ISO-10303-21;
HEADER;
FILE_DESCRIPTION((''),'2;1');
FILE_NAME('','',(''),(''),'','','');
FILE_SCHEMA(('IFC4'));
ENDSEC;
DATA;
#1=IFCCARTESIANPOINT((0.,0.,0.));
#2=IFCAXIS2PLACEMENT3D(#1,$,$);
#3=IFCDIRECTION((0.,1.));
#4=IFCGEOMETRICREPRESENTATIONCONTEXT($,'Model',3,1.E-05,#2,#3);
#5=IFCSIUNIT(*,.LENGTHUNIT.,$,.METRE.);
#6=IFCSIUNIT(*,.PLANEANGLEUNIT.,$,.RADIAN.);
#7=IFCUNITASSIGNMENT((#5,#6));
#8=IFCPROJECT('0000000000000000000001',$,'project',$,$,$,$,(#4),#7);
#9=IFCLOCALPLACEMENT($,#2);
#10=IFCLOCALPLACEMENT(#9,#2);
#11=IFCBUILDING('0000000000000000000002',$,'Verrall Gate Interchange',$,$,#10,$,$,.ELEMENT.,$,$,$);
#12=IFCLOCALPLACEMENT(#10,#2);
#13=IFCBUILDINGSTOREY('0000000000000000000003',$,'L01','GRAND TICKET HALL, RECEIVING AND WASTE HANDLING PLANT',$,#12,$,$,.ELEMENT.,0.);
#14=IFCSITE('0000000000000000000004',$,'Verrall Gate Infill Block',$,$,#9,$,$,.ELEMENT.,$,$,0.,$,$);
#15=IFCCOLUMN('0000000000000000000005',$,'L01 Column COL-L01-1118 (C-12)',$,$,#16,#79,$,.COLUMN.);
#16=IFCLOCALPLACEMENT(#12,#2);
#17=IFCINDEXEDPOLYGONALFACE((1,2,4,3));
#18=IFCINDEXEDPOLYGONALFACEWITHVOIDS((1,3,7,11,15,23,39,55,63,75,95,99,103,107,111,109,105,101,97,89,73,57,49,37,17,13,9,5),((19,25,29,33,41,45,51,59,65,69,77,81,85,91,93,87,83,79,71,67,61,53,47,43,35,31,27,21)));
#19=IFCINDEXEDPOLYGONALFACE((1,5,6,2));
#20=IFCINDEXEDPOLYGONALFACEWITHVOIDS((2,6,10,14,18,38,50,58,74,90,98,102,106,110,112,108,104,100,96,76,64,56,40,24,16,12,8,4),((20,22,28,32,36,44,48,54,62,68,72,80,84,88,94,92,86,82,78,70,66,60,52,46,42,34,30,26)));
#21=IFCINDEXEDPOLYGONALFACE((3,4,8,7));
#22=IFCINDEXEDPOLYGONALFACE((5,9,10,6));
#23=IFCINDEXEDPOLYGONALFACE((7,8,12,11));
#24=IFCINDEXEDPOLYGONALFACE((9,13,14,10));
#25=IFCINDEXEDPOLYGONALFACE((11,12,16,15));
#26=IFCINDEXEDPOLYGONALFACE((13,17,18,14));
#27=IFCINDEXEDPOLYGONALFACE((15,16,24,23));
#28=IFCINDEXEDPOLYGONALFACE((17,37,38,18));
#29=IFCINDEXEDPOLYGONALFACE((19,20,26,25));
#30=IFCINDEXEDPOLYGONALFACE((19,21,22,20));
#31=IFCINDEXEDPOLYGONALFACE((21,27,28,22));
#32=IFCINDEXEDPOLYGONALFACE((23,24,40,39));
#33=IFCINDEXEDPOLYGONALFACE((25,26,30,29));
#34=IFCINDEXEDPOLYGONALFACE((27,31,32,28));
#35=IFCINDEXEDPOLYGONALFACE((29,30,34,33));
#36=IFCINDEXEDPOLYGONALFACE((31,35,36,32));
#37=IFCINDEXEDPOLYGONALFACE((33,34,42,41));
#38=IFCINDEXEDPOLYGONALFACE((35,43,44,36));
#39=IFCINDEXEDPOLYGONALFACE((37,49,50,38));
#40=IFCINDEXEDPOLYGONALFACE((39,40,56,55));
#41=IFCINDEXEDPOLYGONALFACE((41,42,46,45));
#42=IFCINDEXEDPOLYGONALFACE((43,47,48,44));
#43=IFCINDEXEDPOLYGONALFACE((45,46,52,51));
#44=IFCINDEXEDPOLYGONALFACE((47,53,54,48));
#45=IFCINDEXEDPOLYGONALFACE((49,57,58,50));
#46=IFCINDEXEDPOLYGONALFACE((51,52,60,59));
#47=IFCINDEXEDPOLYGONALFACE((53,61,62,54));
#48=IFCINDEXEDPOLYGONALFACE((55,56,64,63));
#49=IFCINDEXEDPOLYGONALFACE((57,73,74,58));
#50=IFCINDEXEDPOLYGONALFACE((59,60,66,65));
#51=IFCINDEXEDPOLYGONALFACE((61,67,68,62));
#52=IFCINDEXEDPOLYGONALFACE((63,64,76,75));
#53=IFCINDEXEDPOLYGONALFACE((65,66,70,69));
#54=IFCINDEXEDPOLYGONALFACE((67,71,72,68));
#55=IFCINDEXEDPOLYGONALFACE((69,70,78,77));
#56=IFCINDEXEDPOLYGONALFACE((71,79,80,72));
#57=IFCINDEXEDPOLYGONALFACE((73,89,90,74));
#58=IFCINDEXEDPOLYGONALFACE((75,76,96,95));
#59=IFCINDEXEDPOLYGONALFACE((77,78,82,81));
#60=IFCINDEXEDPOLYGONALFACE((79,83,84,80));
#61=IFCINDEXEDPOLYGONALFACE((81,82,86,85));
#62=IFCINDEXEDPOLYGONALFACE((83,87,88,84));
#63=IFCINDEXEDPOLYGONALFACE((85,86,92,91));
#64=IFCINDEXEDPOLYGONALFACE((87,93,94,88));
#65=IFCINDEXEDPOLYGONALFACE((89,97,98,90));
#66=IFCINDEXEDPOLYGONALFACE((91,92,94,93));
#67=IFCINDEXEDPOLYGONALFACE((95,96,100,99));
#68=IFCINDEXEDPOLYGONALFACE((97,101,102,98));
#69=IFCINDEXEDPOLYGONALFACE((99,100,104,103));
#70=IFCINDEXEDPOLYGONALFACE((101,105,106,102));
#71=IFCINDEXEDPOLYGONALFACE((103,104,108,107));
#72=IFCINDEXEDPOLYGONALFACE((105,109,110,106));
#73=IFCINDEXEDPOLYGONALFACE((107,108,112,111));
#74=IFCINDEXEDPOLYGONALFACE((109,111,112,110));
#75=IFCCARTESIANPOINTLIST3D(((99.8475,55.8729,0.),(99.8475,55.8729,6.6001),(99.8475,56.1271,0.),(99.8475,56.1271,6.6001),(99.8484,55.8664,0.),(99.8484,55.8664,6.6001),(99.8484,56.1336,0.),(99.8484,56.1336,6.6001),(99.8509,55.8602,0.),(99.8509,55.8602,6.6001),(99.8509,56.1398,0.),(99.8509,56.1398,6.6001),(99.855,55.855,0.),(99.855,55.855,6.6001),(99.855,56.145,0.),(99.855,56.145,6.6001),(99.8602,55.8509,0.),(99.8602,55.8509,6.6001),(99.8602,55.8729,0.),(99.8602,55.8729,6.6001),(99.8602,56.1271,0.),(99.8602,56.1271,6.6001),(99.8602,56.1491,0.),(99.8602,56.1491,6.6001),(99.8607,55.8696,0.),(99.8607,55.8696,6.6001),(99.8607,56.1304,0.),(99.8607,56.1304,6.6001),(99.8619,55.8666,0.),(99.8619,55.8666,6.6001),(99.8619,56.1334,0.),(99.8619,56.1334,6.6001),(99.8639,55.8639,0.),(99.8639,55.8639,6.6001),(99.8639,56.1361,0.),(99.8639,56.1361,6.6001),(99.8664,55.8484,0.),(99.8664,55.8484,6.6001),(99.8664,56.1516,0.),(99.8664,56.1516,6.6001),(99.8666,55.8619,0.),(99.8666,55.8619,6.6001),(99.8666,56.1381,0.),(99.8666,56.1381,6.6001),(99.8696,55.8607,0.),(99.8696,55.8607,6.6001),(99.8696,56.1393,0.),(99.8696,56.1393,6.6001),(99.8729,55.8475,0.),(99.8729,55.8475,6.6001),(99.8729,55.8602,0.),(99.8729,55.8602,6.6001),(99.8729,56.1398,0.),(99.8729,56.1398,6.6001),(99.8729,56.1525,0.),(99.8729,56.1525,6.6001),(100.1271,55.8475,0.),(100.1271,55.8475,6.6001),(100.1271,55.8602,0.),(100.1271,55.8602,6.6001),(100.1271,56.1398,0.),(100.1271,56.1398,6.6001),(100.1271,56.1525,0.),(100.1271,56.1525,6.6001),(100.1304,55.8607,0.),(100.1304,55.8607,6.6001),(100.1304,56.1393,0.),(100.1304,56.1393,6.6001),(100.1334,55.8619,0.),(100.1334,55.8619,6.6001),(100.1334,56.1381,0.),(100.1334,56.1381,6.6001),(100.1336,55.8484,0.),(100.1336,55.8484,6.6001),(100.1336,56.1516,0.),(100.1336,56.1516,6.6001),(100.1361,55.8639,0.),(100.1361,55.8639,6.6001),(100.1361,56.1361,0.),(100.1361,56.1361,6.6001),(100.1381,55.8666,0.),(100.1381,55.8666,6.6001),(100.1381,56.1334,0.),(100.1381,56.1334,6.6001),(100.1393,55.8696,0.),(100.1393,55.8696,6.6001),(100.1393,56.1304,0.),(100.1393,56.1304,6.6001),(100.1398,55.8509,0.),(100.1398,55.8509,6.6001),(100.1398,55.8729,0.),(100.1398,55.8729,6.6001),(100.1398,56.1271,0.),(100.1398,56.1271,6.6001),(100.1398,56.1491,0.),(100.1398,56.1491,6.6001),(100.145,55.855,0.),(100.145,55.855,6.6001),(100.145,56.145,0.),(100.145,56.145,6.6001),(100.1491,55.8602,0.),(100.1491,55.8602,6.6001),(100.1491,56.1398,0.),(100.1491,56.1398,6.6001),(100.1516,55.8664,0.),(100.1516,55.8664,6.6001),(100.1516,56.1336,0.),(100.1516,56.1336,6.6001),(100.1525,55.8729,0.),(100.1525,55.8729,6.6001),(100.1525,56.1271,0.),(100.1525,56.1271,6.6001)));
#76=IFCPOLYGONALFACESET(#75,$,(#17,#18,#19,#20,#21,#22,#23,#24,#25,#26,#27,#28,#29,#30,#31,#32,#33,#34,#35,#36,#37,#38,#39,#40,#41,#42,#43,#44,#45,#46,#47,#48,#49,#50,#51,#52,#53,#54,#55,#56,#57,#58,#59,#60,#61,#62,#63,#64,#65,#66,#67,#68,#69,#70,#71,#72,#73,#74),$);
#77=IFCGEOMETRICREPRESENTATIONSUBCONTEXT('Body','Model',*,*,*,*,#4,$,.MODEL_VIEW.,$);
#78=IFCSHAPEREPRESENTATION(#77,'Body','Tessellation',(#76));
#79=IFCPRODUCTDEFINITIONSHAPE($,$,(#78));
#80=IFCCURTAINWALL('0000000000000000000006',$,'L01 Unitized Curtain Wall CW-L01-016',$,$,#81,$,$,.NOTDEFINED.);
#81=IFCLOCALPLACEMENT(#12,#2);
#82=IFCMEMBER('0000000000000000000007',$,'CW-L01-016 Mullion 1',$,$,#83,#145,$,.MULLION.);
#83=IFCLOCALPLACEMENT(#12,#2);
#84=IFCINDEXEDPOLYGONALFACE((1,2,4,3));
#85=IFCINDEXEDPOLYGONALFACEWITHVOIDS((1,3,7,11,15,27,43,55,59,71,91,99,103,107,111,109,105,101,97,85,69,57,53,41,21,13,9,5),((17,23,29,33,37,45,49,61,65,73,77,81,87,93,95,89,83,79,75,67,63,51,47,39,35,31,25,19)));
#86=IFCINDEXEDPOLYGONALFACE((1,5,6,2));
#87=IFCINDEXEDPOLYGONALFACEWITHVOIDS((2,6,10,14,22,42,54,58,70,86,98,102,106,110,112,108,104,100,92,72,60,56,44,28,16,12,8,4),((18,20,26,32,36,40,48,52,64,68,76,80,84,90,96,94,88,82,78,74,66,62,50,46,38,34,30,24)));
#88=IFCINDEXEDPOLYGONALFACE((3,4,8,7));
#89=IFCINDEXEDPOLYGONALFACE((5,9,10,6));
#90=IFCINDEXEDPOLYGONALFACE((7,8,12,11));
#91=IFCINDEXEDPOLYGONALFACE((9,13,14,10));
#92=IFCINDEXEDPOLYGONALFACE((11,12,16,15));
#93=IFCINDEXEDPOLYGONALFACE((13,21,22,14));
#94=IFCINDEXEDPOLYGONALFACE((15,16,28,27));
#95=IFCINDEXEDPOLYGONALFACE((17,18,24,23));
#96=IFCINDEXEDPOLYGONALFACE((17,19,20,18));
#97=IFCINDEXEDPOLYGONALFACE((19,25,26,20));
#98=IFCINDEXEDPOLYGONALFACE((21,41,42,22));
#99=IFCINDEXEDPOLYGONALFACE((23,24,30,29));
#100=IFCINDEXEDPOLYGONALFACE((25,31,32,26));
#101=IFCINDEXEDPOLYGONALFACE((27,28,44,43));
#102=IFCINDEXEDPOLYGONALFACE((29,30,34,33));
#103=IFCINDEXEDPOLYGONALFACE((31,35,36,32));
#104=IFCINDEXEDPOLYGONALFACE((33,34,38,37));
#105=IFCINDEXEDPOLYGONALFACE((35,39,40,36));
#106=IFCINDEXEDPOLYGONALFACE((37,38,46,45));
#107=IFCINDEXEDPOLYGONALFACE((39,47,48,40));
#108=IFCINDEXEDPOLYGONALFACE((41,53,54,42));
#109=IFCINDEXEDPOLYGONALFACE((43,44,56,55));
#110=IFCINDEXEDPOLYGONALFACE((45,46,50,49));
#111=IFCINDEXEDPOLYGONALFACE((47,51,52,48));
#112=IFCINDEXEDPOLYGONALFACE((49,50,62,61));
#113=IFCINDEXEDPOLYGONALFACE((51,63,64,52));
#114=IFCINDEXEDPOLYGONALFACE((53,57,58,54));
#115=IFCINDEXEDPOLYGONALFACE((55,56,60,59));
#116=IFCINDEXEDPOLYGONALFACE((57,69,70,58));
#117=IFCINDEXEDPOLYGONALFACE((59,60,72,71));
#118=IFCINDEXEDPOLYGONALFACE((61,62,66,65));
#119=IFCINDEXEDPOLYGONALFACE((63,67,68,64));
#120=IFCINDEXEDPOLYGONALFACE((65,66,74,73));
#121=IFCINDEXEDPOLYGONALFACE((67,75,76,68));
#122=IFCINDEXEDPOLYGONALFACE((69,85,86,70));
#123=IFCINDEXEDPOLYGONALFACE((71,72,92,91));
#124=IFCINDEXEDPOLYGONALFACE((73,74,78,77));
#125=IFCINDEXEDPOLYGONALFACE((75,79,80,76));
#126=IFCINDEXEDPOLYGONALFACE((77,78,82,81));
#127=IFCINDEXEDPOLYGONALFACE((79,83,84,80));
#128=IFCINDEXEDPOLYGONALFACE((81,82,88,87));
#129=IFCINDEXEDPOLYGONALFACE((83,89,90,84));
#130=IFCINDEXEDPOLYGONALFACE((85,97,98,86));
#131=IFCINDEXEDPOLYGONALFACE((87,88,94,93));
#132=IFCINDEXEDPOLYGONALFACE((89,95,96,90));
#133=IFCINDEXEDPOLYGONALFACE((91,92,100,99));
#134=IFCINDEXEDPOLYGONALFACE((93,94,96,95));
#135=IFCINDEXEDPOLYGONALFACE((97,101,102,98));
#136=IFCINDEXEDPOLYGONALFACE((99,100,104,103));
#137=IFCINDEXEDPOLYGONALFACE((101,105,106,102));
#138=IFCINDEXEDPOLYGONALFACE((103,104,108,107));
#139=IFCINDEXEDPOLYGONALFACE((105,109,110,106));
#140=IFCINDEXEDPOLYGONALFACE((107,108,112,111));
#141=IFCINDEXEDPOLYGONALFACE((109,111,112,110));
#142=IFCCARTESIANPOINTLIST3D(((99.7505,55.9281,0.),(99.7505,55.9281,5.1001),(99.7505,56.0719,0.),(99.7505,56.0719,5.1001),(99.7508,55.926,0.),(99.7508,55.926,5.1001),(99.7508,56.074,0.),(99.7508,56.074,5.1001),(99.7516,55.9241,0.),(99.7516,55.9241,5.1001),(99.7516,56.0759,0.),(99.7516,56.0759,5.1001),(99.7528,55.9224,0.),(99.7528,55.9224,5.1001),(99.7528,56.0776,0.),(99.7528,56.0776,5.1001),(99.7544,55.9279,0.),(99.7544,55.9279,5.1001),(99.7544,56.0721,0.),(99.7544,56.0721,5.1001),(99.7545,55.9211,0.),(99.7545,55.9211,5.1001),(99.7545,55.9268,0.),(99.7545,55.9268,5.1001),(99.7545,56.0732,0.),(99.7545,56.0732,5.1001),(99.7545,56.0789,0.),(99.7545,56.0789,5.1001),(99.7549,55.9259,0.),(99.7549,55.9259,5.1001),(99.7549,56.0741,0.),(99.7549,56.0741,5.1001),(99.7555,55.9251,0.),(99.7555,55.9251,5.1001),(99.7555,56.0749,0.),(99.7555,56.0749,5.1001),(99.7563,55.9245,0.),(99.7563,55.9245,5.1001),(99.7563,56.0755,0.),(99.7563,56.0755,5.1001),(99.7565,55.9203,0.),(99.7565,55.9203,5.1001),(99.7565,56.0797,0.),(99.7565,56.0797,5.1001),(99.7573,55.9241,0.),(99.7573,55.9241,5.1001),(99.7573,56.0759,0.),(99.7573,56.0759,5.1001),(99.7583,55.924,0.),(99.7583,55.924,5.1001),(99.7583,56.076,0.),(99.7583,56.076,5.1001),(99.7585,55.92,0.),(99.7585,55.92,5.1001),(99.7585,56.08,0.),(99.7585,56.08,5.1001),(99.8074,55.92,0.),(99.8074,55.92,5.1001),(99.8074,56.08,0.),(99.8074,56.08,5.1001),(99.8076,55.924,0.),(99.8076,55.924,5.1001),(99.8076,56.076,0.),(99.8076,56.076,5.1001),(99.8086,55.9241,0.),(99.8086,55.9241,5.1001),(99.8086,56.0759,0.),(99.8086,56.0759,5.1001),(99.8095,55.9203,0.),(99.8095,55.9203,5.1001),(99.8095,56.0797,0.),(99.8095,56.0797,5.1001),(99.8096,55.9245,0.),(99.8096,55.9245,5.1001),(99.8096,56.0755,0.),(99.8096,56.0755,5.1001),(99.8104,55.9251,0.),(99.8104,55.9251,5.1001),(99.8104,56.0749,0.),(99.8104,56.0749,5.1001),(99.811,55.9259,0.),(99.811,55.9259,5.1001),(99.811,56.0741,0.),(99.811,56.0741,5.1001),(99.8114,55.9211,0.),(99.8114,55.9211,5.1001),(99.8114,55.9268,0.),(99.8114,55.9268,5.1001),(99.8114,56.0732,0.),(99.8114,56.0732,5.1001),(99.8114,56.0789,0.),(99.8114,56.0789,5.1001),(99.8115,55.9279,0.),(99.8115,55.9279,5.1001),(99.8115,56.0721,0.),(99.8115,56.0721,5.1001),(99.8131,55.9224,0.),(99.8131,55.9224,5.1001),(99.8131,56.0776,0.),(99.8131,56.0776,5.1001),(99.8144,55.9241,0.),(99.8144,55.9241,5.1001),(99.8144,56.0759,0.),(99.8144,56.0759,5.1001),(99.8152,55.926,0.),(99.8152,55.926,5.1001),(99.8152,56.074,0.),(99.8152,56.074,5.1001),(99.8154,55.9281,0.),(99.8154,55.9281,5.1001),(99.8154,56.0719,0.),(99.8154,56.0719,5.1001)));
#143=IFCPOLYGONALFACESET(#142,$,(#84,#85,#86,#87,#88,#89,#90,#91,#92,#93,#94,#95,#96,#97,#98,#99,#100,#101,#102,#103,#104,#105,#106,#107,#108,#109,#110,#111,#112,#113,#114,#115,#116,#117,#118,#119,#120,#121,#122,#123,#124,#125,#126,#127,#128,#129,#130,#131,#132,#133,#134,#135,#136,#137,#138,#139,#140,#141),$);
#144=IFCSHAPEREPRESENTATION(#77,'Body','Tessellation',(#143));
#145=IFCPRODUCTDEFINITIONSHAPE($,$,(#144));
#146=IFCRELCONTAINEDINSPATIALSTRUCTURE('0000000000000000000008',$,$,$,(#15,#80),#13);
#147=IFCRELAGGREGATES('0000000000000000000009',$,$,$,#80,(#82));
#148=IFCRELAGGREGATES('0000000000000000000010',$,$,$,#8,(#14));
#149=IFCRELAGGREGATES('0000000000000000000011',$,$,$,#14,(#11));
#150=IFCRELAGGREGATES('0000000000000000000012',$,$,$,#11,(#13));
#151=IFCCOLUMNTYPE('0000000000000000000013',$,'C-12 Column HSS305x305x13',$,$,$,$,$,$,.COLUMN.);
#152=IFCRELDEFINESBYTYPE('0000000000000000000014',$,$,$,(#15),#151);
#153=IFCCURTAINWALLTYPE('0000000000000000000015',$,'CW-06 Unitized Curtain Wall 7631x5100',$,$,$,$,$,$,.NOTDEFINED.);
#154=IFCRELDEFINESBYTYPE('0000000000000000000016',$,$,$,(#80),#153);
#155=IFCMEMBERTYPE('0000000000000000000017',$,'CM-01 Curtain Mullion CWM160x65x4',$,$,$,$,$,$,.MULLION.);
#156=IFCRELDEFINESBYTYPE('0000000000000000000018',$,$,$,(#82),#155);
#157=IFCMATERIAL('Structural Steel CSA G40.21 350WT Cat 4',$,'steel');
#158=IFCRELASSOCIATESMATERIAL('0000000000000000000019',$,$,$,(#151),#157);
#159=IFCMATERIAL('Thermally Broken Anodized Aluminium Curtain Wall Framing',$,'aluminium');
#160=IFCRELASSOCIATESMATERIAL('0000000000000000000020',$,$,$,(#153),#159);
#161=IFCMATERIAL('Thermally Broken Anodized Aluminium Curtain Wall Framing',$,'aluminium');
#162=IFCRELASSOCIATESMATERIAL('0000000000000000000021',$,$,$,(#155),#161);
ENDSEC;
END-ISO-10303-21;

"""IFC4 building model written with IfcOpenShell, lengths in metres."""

from ifc_helpers import new_model, si_unit, direction, frame, origin, origin_2d, place, context, subcontext, project, spatial, hollow_rectangle, extrude, material, material_profile, profile_set, type_object, element, aggregate, save


model = new_model("IFC4")

# Units and contexts
model_context = context("Model", 3, precision=1e-05, world=origin(), true_north=direction((0.0, 1.0)))
body_context = subcontext(model_context, "Body", "Model", "MODEL_VIEW")
ifc_project = project(units=[si_unit("LENGTHUNIT", "METRE"), si_unit("PLANEANGLEUNIT", "RADIAN")], contexts=[model_context])

# Site, building, storey
site_placement = place(None, origin())
site = spatial("IfcSite", under=ifc_project, at=site_placement, Name="Verrall Gate Infill Block", CompositionType="ELEMENT", RefElevation=0.0)
building_placement = place(site_placement, origin())
building = spatial("IfcBuilding", under=site, at=building_placement, Name="Verrall Gate Interchange", CompositionType="ELEMENT")
storey_placement = place(building_placement, origin())
storey = spatial("IfcBuildingStorey", under=building, at=storey_placement, Name="L01", Description="GRAND TICKET HALL, RECEIVING AND WASTE HANDLING PLANT", CompositionType="ELEMENT", Elevation=0.0)

# Column
ifc_material_1 = material(Name="Structural Steel CSA G40.21 350WT Cat 4", Category="steel")
ifc_material_profile_1 = material_profile(ifc_material_1, hollow_rectangle(XDim=0.3049, YDim=0.3049, WallThickness=0.0127, InnerFilletRadius=0.0127, OuterFilletRadius=0.0254, at=origin_2d()), Name="HSS305x305x13")
ifc_profile_set_1 = profile_set([ifc_material_profile_1], Name="Structural Steel CSA G40.21 350WT Cat 4")
column_type = type_object("IfcColumnType", Name="C-12 Column HSS305x305x13", PredefinedType="COLUMN", material=ifc_profile_set_1)
column_placement = place(storey_placement, frame((100.0, 56.0, 0.0), z_axis=(0.0, 0.0, 1.0), x_axis=(1.0, 0.0, 0.0)))
element("IfcColumn", 1, at=column_placement, inside=storey, type_object=column_type, Name="L01 Column COL-L01-1118 (C-12)", PredefinedType="COLUMN", context=body_context, shape_type="SweptSolid", body=[
    extrude(hollow_rectangle(XDim=0.3049, YDim=0.3049, WallThickness=0.0127, InnerFilletRadius=0.0127, OuterFilletRadius=0.0254, at=origin_2d()), origin(), (0.0, 0.0, 1.0), 6.6001),
])

# Curtain wall, member
ifc_material_2 = material(Name="Thermally Broken Anodized Aluminium Curtain Wall Framing", Category="aluminium")
curtain_wall_type = type_object("IfcCurtainWallType", Name="CW-06 Unitized Curtain Wall 7631x5100", PredefinedType="NOTDEFINED", material=ifc_material_2)
curtain_wall_placement = place(storey_placement, origin())
curtain_wall = element("IfcCurtainWall", 2, at=curtain_wall_placement, inside=storey, type_object=curtain_wall_type, Name="L01 Unitized Curtain Wall CW-L01-016", PredefinedType="NOTDEFINED")
ifc_material_3 = material(Name="Thermally Broken Anodized Aluminium Curtain Wall Framing", Category="aluminium")
ifc_material_profile_2 = material_profile(ifc_material_3, hollow_rectangle(XDim=0.0649, YDim=0.1599, WallThickness=0.0039, InnerFilletRadius=0.0039, OuterFilletRadius=0.0081, at=origin_2d()), Name="CWM160x65x4")
ifc_profile_set_2 = profile_set([ifc_material_profile_2], Name="Thermally Broken Anodized Aluminium Curtain Wall Framing")
member_type_1 = type_object("IfcMemberType", Name="CM-01 Curtain Mullion CWM160x65x4", PredefinedType="MULLION", material=ifc_profile_set_2)
member_1_placement = place(storey_placement, frame((99.783, 56.0, 0.0), z_axis=(0.0, 0.0, 1.0), x_axis=(-1.0, 0.0, 0.0)))
member_1 = element("IfcMember", 3, at=member_1_placement, type_object=member_type_1, Name="CW-L01-016 Mullion 1", PredefinedType="MULLION", context=body_context, shape_type="SweptSolid", body=[
    extrude(hollow_rectangle(XDim=0.0649, YDim=0.1599, WallThickness=0.0039, InnerFilletRadius=0.0039, OuterFilletRadius=0.0081, at=origin_2d()), origin(), (0.0, 0.0, 1.0), 5.1001),
])

aggregate(curtain_wall, [member_1])

save(model, "model.ifc")
